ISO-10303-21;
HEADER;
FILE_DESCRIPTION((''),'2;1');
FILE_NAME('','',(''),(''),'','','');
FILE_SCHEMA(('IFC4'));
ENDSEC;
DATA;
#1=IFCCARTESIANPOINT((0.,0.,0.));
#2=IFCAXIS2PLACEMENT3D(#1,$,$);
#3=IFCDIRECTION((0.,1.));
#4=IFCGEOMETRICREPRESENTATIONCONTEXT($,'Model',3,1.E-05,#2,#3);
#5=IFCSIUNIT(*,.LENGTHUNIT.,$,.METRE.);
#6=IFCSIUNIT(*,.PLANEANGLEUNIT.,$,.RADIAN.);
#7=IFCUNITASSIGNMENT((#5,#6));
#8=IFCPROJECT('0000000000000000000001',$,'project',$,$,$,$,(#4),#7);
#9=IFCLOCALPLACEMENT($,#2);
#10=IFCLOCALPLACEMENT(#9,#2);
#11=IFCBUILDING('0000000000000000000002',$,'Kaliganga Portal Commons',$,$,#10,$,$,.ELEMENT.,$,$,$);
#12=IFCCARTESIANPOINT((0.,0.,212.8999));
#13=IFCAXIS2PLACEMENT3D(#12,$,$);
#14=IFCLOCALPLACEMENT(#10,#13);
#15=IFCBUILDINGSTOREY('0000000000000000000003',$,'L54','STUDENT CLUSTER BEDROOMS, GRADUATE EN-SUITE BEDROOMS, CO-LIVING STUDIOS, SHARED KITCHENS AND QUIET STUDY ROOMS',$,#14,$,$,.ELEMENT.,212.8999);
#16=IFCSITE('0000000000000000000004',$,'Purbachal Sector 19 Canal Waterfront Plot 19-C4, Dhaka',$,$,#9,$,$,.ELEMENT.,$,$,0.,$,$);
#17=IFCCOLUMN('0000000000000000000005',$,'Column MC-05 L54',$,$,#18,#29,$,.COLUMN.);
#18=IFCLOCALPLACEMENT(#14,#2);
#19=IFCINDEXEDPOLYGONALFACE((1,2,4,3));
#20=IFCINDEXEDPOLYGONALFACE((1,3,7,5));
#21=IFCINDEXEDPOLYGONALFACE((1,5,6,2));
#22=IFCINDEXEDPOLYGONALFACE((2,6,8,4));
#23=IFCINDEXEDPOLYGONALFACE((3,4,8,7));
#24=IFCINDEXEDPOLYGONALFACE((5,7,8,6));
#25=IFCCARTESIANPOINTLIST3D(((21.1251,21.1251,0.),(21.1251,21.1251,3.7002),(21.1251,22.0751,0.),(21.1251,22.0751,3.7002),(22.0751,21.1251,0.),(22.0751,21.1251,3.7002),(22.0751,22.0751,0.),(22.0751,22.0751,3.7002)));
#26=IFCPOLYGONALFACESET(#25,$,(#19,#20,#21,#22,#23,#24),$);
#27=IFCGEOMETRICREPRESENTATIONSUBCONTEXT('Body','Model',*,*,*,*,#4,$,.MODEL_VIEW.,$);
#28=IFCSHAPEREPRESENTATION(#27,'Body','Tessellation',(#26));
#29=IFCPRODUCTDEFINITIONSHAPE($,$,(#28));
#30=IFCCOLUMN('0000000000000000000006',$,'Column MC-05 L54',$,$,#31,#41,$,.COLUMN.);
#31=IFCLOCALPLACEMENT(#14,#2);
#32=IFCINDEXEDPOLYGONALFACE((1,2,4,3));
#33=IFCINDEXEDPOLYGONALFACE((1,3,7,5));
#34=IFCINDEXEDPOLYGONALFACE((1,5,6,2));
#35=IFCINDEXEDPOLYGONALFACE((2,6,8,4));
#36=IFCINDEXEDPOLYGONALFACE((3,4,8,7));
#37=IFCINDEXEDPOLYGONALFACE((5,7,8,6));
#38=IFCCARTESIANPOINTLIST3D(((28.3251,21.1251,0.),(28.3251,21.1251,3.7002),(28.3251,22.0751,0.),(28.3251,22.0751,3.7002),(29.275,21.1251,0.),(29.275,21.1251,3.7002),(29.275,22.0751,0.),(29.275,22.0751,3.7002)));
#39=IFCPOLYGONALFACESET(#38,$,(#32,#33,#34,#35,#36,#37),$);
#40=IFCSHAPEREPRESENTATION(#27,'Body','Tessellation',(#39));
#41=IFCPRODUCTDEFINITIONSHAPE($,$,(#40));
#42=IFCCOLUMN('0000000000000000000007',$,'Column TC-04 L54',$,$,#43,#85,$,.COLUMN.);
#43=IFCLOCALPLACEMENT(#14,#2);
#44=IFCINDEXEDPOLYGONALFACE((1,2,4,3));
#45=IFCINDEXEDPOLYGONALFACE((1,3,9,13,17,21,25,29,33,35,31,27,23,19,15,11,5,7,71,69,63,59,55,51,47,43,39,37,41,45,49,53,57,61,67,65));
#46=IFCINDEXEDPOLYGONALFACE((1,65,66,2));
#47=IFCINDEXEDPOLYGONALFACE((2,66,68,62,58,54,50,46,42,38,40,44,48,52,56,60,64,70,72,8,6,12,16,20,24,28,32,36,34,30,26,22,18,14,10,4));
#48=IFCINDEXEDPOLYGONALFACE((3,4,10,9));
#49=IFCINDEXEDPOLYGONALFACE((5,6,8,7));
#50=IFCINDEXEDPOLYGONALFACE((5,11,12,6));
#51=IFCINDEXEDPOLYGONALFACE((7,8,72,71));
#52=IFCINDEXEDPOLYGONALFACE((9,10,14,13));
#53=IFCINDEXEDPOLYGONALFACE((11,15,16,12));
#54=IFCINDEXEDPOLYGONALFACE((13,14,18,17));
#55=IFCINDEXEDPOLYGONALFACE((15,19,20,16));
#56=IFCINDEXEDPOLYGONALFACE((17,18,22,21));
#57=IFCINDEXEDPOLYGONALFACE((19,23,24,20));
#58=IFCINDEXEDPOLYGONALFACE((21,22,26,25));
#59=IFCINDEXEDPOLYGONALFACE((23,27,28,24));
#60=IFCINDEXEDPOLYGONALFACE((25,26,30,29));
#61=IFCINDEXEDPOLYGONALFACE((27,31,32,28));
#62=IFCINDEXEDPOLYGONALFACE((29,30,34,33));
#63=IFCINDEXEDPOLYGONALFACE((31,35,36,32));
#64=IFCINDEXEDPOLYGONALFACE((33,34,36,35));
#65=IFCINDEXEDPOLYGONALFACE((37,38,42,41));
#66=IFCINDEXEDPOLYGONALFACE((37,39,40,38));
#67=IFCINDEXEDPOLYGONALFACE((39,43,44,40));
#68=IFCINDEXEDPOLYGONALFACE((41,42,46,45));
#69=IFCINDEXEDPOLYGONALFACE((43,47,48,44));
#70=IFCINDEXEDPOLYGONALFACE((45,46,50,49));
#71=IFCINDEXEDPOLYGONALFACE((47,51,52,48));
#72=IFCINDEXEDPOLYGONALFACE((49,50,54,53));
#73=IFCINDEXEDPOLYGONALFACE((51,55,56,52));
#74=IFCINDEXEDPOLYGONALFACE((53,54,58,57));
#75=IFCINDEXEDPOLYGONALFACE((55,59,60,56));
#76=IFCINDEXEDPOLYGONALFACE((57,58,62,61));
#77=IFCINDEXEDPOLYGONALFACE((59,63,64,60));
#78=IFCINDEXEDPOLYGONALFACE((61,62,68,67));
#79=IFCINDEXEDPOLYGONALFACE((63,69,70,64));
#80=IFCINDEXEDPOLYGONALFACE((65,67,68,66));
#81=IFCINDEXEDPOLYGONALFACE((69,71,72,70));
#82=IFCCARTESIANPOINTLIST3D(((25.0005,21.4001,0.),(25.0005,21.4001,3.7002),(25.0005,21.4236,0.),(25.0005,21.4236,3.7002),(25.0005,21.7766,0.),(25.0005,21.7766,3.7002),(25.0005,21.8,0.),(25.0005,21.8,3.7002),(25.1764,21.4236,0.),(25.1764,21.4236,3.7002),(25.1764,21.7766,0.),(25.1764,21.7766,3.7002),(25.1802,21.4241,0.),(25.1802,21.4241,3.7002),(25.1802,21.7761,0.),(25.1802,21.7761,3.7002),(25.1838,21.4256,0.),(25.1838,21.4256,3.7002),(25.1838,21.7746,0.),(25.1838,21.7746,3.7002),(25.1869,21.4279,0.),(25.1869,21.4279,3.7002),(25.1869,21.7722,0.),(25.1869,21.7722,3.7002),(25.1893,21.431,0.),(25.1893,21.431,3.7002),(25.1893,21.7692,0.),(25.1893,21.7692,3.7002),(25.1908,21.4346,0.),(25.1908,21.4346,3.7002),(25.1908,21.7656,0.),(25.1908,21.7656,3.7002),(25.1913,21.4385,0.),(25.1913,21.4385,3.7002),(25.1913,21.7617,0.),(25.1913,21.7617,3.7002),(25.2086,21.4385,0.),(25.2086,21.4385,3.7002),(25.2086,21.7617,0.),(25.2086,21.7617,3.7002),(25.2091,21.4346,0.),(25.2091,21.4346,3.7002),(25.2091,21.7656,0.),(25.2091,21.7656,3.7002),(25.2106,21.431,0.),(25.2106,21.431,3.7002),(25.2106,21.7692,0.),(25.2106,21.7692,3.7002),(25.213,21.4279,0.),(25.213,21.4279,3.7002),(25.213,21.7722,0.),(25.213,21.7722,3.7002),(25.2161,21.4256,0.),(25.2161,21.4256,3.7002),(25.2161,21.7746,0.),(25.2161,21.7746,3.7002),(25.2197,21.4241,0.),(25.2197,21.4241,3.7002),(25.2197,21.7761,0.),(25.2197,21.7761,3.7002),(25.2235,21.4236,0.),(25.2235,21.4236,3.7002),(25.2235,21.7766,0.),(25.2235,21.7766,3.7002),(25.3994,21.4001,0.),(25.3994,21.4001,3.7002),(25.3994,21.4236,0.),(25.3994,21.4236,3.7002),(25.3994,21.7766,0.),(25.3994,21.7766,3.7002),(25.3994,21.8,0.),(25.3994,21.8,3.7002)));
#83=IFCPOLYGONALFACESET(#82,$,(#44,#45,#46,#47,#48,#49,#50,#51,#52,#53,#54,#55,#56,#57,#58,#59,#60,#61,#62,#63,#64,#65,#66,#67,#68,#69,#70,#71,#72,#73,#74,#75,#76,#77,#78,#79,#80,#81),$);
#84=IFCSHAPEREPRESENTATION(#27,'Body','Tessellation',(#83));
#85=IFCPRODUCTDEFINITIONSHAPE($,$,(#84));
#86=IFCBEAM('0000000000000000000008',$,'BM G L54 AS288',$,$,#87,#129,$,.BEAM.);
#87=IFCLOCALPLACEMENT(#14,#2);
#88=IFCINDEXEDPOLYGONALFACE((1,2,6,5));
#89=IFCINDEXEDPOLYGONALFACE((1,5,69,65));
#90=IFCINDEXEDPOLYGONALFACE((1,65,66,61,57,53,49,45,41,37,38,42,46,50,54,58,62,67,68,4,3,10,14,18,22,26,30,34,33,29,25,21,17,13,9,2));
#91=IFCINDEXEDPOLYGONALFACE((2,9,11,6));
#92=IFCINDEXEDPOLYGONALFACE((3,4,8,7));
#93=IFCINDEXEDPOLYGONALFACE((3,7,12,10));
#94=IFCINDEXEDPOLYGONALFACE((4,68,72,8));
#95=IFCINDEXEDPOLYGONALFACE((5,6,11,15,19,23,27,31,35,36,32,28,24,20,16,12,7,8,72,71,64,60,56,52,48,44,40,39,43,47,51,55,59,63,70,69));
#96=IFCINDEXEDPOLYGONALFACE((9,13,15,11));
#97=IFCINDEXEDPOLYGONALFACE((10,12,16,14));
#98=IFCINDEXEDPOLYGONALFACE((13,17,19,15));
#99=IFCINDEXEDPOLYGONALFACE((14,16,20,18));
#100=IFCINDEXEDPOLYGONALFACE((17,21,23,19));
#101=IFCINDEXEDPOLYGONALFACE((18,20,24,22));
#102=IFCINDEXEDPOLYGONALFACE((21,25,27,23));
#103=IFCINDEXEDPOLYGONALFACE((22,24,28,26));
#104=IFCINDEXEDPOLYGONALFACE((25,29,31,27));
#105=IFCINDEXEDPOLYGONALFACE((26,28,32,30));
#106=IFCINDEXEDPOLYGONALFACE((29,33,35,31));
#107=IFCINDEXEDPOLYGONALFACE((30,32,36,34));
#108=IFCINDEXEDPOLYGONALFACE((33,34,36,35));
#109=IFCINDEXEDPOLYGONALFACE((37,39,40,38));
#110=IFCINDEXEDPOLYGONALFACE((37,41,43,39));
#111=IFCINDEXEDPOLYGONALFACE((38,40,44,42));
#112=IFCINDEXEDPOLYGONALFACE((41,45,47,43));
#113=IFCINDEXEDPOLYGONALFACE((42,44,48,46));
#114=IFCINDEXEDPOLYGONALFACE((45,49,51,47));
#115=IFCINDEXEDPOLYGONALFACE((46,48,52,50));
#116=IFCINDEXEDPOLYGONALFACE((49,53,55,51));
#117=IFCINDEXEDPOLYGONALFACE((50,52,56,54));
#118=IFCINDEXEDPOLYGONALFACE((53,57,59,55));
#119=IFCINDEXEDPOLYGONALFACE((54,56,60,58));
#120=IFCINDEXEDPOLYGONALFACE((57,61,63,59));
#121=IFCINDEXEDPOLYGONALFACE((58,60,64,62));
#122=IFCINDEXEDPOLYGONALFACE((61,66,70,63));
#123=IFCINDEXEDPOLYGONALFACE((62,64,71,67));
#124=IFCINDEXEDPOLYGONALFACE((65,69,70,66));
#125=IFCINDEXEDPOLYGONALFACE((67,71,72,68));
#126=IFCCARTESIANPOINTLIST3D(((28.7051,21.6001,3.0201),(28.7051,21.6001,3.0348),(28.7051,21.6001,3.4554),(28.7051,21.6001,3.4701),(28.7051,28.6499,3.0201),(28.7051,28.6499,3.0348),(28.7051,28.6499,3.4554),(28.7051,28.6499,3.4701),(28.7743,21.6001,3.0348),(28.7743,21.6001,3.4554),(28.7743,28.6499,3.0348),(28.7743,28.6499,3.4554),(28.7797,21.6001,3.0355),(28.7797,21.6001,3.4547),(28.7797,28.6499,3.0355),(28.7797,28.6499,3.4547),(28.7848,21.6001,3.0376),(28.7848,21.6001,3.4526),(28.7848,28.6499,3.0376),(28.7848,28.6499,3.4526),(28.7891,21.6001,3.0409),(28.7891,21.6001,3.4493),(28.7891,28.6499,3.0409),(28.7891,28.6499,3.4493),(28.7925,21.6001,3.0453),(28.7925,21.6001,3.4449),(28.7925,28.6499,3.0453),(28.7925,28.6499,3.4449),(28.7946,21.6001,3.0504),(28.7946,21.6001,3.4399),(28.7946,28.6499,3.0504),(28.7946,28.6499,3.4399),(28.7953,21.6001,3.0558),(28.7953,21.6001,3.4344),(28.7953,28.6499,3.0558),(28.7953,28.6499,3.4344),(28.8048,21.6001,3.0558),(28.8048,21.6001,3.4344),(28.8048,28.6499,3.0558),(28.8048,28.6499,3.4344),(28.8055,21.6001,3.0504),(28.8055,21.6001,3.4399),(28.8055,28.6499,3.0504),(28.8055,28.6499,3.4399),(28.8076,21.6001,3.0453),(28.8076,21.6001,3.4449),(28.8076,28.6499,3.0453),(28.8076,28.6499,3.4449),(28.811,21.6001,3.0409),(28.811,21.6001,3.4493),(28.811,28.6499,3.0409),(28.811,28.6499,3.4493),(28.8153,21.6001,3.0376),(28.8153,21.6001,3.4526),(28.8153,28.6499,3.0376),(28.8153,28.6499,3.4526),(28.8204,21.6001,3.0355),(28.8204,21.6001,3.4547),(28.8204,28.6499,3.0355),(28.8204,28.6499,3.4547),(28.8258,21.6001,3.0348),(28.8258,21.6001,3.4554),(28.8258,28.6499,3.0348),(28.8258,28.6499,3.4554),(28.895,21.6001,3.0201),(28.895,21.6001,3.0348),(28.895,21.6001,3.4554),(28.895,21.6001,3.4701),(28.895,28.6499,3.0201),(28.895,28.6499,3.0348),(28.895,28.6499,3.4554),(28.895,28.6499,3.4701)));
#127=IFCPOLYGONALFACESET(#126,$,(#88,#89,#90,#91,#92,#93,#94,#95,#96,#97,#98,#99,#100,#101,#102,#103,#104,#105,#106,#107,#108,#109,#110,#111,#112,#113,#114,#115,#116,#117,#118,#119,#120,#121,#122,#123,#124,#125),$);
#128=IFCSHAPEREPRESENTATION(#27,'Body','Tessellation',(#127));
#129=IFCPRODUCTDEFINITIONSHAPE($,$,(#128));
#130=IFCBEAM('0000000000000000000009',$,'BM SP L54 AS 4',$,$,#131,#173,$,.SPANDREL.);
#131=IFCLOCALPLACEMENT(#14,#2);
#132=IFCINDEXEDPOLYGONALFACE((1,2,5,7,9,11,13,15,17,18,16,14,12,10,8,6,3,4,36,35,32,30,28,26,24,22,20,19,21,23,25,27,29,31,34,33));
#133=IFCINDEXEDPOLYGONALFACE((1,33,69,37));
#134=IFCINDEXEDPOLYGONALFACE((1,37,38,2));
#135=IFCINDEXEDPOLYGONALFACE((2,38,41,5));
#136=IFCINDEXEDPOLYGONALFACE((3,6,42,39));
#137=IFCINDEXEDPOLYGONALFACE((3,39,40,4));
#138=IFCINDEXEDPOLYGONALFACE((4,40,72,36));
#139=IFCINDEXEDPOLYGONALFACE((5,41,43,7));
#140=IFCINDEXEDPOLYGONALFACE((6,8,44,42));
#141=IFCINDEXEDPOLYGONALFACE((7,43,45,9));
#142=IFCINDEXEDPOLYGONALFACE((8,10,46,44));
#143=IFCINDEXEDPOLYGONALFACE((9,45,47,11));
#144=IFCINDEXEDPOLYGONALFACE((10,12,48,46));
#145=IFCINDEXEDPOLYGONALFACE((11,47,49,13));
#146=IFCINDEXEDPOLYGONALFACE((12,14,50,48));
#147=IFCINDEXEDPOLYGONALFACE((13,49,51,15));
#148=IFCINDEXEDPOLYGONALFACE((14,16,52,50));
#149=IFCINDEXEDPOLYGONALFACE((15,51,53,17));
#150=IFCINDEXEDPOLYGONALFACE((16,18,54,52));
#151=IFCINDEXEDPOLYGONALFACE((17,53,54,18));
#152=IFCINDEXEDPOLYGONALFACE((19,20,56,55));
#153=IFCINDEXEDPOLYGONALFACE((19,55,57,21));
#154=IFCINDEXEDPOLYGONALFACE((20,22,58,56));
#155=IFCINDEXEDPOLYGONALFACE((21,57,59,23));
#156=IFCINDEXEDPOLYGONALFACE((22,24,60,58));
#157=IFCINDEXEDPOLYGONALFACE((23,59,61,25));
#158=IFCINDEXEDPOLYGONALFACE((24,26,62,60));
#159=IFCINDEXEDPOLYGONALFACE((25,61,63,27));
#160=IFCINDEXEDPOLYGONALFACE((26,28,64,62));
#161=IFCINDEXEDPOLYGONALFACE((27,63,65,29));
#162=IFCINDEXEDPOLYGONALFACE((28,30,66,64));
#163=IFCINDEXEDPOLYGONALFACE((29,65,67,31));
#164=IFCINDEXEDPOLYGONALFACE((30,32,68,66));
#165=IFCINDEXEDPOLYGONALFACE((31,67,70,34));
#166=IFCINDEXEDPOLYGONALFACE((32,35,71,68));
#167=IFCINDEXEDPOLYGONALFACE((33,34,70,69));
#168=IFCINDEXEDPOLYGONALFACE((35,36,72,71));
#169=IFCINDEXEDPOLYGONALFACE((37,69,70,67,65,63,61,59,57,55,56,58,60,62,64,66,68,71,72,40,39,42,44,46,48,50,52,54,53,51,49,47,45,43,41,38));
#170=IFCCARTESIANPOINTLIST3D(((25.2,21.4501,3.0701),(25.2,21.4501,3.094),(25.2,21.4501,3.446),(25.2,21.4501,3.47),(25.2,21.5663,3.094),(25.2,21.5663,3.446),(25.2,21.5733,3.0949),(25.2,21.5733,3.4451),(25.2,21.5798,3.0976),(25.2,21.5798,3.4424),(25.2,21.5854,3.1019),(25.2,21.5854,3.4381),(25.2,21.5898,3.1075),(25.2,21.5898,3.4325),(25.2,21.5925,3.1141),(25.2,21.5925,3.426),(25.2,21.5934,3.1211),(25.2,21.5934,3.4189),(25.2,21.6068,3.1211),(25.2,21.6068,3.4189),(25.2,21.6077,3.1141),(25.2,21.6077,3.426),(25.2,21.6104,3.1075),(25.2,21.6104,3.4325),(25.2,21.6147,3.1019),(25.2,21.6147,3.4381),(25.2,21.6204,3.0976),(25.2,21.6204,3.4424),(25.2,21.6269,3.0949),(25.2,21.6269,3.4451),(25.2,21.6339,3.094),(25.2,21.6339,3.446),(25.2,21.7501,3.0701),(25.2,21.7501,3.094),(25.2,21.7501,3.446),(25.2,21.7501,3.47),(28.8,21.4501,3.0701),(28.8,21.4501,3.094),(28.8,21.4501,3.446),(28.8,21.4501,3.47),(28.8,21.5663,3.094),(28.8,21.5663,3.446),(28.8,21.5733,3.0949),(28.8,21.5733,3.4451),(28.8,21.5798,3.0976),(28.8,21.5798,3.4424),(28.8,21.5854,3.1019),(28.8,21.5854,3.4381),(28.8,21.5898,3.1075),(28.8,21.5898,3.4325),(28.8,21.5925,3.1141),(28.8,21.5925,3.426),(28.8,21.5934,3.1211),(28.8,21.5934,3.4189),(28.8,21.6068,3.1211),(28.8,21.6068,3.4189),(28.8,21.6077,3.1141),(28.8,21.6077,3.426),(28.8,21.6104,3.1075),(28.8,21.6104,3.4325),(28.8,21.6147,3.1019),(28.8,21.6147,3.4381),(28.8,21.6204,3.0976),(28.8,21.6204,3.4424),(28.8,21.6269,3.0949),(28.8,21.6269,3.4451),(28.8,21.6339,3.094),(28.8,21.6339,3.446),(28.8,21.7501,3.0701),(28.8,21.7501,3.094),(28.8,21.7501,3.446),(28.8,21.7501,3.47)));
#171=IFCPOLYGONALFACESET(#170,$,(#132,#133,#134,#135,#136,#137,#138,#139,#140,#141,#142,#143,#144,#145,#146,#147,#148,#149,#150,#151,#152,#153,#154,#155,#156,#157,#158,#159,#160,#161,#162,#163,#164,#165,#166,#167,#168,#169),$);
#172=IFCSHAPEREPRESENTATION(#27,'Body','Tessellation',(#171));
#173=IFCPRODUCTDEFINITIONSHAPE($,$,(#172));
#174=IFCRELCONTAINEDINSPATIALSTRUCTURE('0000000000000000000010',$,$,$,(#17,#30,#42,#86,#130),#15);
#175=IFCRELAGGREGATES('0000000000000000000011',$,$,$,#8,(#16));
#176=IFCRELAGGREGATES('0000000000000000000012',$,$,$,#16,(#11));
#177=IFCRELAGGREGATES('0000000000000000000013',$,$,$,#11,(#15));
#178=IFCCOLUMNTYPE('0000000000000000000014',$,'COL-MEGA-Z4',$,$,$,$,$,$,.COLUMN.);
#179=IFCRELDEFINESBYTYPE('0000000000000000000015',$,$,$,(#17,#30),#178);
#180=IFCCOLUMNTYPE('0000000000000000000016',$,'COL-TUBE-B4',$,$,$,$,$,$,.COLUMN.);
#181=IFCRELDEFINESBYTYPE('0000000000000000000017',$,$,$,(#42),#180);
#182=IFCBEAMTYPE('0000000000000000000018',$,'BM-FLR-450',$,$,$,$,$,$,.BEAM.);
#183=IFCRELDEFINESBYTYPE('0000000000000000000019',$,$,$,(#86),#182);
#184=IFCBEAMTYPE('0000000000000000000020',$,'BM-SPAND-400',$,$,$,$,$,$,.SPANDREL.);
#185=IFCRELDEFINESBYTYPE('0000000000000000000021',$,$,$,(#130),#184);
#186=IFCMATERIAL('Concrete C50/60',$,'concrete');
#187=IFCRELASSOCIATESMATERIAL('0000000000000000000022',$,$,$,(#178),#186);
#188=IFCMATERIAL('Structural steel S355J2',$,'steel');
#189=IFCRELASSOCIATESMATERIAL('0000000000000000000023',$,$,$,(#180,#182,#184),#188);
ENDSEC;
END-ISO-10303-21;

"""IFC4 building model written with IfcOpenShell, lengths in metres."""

from ifc_helpers import new_model, si_unit, direction, frame, origin, origin_2d, place, context, subcontext, project, spatial, rectangle, i_section, extrude, source, transform, mapped, material, material_profile, profile_set, type_object, element, save


model = new_model("IFC4")

# Units and contexts
model_context = context("Model", 3, precision=1e-05, world=origin(), true_north=direction((0.0, 1.0)))
body_context = subcontext(model_context, "Body", "Model", "MODEL_VIEW")
ifc_project = project(units=[si_unit("LENGTHUNIT", "METRE"), si_unit("PLANEANGLEUNIT", "RADIAN")], contexts=[model_context])

# Site, building, storey
site_placement = place(None, origin())
site = spatial("IfcSite", under=ifc_project, at=site_placement, Name="Purbachal Sector 19 Canal Waterfront Plot 19-C4, Dhaka", CompositionType="ELEMENT", RefElevation=0.0)
building_placement = place(site_placement, origin())
building = spatial("IfcBuilding", under=site, at=building_placement, Name="Kaliganga Portal Commons", CompositionType="ELEMENT")
storey_placement = place(building_placement, frame((0.0, 0.0, 212.8999)))
storey = spatial("IfcBuildingStorey", under=building, at=storey_placement, Name="L54", Description="STUDENT CLUSTER BEDROOMS, GRADUATE EN-SUITE BEDROOMS, CO-LIVING STUDIOS, SHARED KITCHENS AND QUIET STUDY ROOMS", CompositionType="ELEMENT", Elevation=212.8999)

# Columns
ifc_material_1 = material(Name="Concrete C50/60", Category="concrete")
ifc_material_profile_1 = material_profile(ifc_material_1, rectangle(XDim=0.95, YDim=0.95, at=origin_2d()), Name="RC 950x950")
ifc_profile_set_1 = profile_set([ifc_material_profile_1], Name="Concrete C50/60")
column_type_1 = type_object("IfcColumnType", Name="COL-MEGA-Z4", PredefinedType="COLUMN", material=ifc_profile_set_1)
shared_shape_1 = source(origin(), body_context, "Body", "SweptSolid", [
    extrude(rectangle(XDim=0.95, YDim=0.95, at=origin_2d()), origin(), (0.0, 0.0, 1.0), 3.7002),
])
for number, where, z_axis, x_axis, name in (
    (1, (21.6001, 21.6001, 0.0), (0.0, 0.0, 1.0), (1.0, 0.0, 0.0), "Column MC-05 L54"),
    (2, (28.8, 21.6001, 0.0), (0.0, 0.0, 1.0), (1.0, 0.0, 0.0), "Column MC-05 L54"),
):
    element("IfcColumn", number, at=place(storey_placement, frame(where, z_axis=z_axis, x_axis=x_axis)), inside=storey, type_object=column_type_1, Name=name, PredefinedType="COLUMN", context=body_context, shape_type="MappedRepresentation", body=[
        mapped(shared_shape_1, transform((0.0, 0.0, 0.0), x_axis=(1.0, 0.0, 0.0), y_axis=(0.0, 1.0, 0.0), z_axis=(0.0, 0.0, 1.0), scale=1.0)),
    ])
ifc_material_2 = material(Name="Structural steel S355J2", Category="steel")
ifc_material_profile_2 = material_profile(ifc_material_2, i_section(OverallWidth=0.3989, OverallDepth=0.3999, WebThickness=0.0173, FlangeThickness=0.0234, FilletRadius=0.0149, at=origin_2d()), Name="HD 400x287")
ifc_profile_set_2 = profile_set([ifc_material_profile_2], Name="Structural steel S355J2 wide-flange")
column_type_2 = type_object("IfcColumnType", Name="COL-TUBE-B4", PredefinedType="COLUMN", material=ifc_profile_set_2)
shared_shape_2 = source(origin(), body_context, "Body", "SweptSolid", [
    extrude(i_section(OverallWidth=0.3989, OverallDepth=0.3999, WebThickness=0.0173, FlangeThickness=0.0234, FilletRadius=0.0149, at=origin_2d()), origin(), (0.0, 0.0, 1.0), 3.7002),
])
column_placement = place(storey_placement, frame((25.2, 21.6001, 0.0), z_axis=(0.0, 0.0, 1.0), x_axis=(1.0, 0.0, 0.0)))
element("IfcColumn", 3, at=column_placement, inside=storey, type_object=column_type_2, Name="Column TC-04 L54", PredefinedType="COLUMN", context=body_context, shape_type="MappedRepresentation", body=[
    mapped(shared_shape_2, transform((0.0, 0.0, 0.0), x_axis=(1.0, 0.0, 0.0), y_axis=(0.0, 1.0, 0.0), z_axis=(0.0, 0.0, 1.0), scale=1.0)),
])

# Beams
ifc_material_profile_3 = material_profile(ifc_material_2, i_section(OverallWidth=0.1899, OverallDepth=0.45, WebThickness=0.0095, FlangeThickness=0.0146, FilletRadius=0.021, at=origin_2d()), Name="IPE 450")
ifc_profile_set_3 = profile_set([ifc_material_profile_3], Name="Structural steel S355J2 wide-flange")
beam_type_1 = type_object("IfcBeamType", Name="BM-FLR-450", PredefinedType="BEAM", material=ifc_profile_set_3)
shared_shape_3 = source(origin(), body_context, "Body", "SweptSolid", [
    extrude(i_section(OverallWidth=0.1899, OverallDepth=0.45, WebThickness=0.0095, FlangeThickness=0.0146, FilletRadius=0.021, at=origin_2d()), origin(), (0.0, 0.0, 1.0), 7.0498),
])
beam_1_placement = place(storey_placement, frame((28.8, 21.6001, 3.2451), z_axis=(0.0, 1.0, 0.0), x_axis=(-1.0, 0.0, 0.0)))
element("IfcBeam", 4, at=beam_1_placement, inside=storey, type_object=beam_type_1, Name="BM G L54 AS288", PredefinedType="BEAM", context=body_context, shape_type="MappedRepresentation", body=[
    mapped(shared_shape_3, transform((0.0, 0.0, 0.0), x_axis=(1.0, 0.0, 0.0), y_axis=(0.0, 1.0, 0.0), z_axis=(0.0, 0.0, 1.0), scale=1.0)),
])
ifc_material_profile_4 = material_profile(ifc_material_2, i_section(OverallWidth=0.3, OverallDepth=0.3999, WebThickness=0.0134, FlangeThickness=0.0239, FilletRadius=0.0271, at=origin_2d()), Name="HE 400 B")
ifc_profile_set_4 = profile_set([ifc_material_profile_4], Name="Structural steel S355J2 wide-flange")
beam_type_2 = type_object("IfcBeamType", Name="BM-SPAND-400", PredefinedType="SPANDREL", material=ifc_profile_set_4)
shared_shape_4 = source(origin(), body_context, "Body", "SweptSolid", [
    extrude(i_section(OverallWidth=0.3, OverallDepth=0.3999, WebThickness=0.0134, FlangeThickness=0.0239, FilletRadius=0.0271, at=origin_2d()), origin(), (0.0, 0.0, 1.0), 3.6001),
])
beam_2_placement = place(storey_placement, frame((25.2, 21.6001, 3.27), z_axis=(1.0, 0.0, 0.0), x_axis=(0.0, 1.0, 0.0)))
element("IfcBeam", 5, at=beam_2_placement, inside=storey, type_object=beam_type_2, Name="BM SP L54 AS 4", PredefinedType="SPANDREL", context=body_context, shape_type="MappedRepresentation", body=[
    mapped(shared_shape_4, transform((0.0, 0.0, 0.0), x_axis=(1.0, 0.0, 0.0), y_axis=(0.0, 1.0, 0.0), z_axis=(0.0, 0.0, 1.0), scale=1.0)),
])

save(model, "model.ifc")
